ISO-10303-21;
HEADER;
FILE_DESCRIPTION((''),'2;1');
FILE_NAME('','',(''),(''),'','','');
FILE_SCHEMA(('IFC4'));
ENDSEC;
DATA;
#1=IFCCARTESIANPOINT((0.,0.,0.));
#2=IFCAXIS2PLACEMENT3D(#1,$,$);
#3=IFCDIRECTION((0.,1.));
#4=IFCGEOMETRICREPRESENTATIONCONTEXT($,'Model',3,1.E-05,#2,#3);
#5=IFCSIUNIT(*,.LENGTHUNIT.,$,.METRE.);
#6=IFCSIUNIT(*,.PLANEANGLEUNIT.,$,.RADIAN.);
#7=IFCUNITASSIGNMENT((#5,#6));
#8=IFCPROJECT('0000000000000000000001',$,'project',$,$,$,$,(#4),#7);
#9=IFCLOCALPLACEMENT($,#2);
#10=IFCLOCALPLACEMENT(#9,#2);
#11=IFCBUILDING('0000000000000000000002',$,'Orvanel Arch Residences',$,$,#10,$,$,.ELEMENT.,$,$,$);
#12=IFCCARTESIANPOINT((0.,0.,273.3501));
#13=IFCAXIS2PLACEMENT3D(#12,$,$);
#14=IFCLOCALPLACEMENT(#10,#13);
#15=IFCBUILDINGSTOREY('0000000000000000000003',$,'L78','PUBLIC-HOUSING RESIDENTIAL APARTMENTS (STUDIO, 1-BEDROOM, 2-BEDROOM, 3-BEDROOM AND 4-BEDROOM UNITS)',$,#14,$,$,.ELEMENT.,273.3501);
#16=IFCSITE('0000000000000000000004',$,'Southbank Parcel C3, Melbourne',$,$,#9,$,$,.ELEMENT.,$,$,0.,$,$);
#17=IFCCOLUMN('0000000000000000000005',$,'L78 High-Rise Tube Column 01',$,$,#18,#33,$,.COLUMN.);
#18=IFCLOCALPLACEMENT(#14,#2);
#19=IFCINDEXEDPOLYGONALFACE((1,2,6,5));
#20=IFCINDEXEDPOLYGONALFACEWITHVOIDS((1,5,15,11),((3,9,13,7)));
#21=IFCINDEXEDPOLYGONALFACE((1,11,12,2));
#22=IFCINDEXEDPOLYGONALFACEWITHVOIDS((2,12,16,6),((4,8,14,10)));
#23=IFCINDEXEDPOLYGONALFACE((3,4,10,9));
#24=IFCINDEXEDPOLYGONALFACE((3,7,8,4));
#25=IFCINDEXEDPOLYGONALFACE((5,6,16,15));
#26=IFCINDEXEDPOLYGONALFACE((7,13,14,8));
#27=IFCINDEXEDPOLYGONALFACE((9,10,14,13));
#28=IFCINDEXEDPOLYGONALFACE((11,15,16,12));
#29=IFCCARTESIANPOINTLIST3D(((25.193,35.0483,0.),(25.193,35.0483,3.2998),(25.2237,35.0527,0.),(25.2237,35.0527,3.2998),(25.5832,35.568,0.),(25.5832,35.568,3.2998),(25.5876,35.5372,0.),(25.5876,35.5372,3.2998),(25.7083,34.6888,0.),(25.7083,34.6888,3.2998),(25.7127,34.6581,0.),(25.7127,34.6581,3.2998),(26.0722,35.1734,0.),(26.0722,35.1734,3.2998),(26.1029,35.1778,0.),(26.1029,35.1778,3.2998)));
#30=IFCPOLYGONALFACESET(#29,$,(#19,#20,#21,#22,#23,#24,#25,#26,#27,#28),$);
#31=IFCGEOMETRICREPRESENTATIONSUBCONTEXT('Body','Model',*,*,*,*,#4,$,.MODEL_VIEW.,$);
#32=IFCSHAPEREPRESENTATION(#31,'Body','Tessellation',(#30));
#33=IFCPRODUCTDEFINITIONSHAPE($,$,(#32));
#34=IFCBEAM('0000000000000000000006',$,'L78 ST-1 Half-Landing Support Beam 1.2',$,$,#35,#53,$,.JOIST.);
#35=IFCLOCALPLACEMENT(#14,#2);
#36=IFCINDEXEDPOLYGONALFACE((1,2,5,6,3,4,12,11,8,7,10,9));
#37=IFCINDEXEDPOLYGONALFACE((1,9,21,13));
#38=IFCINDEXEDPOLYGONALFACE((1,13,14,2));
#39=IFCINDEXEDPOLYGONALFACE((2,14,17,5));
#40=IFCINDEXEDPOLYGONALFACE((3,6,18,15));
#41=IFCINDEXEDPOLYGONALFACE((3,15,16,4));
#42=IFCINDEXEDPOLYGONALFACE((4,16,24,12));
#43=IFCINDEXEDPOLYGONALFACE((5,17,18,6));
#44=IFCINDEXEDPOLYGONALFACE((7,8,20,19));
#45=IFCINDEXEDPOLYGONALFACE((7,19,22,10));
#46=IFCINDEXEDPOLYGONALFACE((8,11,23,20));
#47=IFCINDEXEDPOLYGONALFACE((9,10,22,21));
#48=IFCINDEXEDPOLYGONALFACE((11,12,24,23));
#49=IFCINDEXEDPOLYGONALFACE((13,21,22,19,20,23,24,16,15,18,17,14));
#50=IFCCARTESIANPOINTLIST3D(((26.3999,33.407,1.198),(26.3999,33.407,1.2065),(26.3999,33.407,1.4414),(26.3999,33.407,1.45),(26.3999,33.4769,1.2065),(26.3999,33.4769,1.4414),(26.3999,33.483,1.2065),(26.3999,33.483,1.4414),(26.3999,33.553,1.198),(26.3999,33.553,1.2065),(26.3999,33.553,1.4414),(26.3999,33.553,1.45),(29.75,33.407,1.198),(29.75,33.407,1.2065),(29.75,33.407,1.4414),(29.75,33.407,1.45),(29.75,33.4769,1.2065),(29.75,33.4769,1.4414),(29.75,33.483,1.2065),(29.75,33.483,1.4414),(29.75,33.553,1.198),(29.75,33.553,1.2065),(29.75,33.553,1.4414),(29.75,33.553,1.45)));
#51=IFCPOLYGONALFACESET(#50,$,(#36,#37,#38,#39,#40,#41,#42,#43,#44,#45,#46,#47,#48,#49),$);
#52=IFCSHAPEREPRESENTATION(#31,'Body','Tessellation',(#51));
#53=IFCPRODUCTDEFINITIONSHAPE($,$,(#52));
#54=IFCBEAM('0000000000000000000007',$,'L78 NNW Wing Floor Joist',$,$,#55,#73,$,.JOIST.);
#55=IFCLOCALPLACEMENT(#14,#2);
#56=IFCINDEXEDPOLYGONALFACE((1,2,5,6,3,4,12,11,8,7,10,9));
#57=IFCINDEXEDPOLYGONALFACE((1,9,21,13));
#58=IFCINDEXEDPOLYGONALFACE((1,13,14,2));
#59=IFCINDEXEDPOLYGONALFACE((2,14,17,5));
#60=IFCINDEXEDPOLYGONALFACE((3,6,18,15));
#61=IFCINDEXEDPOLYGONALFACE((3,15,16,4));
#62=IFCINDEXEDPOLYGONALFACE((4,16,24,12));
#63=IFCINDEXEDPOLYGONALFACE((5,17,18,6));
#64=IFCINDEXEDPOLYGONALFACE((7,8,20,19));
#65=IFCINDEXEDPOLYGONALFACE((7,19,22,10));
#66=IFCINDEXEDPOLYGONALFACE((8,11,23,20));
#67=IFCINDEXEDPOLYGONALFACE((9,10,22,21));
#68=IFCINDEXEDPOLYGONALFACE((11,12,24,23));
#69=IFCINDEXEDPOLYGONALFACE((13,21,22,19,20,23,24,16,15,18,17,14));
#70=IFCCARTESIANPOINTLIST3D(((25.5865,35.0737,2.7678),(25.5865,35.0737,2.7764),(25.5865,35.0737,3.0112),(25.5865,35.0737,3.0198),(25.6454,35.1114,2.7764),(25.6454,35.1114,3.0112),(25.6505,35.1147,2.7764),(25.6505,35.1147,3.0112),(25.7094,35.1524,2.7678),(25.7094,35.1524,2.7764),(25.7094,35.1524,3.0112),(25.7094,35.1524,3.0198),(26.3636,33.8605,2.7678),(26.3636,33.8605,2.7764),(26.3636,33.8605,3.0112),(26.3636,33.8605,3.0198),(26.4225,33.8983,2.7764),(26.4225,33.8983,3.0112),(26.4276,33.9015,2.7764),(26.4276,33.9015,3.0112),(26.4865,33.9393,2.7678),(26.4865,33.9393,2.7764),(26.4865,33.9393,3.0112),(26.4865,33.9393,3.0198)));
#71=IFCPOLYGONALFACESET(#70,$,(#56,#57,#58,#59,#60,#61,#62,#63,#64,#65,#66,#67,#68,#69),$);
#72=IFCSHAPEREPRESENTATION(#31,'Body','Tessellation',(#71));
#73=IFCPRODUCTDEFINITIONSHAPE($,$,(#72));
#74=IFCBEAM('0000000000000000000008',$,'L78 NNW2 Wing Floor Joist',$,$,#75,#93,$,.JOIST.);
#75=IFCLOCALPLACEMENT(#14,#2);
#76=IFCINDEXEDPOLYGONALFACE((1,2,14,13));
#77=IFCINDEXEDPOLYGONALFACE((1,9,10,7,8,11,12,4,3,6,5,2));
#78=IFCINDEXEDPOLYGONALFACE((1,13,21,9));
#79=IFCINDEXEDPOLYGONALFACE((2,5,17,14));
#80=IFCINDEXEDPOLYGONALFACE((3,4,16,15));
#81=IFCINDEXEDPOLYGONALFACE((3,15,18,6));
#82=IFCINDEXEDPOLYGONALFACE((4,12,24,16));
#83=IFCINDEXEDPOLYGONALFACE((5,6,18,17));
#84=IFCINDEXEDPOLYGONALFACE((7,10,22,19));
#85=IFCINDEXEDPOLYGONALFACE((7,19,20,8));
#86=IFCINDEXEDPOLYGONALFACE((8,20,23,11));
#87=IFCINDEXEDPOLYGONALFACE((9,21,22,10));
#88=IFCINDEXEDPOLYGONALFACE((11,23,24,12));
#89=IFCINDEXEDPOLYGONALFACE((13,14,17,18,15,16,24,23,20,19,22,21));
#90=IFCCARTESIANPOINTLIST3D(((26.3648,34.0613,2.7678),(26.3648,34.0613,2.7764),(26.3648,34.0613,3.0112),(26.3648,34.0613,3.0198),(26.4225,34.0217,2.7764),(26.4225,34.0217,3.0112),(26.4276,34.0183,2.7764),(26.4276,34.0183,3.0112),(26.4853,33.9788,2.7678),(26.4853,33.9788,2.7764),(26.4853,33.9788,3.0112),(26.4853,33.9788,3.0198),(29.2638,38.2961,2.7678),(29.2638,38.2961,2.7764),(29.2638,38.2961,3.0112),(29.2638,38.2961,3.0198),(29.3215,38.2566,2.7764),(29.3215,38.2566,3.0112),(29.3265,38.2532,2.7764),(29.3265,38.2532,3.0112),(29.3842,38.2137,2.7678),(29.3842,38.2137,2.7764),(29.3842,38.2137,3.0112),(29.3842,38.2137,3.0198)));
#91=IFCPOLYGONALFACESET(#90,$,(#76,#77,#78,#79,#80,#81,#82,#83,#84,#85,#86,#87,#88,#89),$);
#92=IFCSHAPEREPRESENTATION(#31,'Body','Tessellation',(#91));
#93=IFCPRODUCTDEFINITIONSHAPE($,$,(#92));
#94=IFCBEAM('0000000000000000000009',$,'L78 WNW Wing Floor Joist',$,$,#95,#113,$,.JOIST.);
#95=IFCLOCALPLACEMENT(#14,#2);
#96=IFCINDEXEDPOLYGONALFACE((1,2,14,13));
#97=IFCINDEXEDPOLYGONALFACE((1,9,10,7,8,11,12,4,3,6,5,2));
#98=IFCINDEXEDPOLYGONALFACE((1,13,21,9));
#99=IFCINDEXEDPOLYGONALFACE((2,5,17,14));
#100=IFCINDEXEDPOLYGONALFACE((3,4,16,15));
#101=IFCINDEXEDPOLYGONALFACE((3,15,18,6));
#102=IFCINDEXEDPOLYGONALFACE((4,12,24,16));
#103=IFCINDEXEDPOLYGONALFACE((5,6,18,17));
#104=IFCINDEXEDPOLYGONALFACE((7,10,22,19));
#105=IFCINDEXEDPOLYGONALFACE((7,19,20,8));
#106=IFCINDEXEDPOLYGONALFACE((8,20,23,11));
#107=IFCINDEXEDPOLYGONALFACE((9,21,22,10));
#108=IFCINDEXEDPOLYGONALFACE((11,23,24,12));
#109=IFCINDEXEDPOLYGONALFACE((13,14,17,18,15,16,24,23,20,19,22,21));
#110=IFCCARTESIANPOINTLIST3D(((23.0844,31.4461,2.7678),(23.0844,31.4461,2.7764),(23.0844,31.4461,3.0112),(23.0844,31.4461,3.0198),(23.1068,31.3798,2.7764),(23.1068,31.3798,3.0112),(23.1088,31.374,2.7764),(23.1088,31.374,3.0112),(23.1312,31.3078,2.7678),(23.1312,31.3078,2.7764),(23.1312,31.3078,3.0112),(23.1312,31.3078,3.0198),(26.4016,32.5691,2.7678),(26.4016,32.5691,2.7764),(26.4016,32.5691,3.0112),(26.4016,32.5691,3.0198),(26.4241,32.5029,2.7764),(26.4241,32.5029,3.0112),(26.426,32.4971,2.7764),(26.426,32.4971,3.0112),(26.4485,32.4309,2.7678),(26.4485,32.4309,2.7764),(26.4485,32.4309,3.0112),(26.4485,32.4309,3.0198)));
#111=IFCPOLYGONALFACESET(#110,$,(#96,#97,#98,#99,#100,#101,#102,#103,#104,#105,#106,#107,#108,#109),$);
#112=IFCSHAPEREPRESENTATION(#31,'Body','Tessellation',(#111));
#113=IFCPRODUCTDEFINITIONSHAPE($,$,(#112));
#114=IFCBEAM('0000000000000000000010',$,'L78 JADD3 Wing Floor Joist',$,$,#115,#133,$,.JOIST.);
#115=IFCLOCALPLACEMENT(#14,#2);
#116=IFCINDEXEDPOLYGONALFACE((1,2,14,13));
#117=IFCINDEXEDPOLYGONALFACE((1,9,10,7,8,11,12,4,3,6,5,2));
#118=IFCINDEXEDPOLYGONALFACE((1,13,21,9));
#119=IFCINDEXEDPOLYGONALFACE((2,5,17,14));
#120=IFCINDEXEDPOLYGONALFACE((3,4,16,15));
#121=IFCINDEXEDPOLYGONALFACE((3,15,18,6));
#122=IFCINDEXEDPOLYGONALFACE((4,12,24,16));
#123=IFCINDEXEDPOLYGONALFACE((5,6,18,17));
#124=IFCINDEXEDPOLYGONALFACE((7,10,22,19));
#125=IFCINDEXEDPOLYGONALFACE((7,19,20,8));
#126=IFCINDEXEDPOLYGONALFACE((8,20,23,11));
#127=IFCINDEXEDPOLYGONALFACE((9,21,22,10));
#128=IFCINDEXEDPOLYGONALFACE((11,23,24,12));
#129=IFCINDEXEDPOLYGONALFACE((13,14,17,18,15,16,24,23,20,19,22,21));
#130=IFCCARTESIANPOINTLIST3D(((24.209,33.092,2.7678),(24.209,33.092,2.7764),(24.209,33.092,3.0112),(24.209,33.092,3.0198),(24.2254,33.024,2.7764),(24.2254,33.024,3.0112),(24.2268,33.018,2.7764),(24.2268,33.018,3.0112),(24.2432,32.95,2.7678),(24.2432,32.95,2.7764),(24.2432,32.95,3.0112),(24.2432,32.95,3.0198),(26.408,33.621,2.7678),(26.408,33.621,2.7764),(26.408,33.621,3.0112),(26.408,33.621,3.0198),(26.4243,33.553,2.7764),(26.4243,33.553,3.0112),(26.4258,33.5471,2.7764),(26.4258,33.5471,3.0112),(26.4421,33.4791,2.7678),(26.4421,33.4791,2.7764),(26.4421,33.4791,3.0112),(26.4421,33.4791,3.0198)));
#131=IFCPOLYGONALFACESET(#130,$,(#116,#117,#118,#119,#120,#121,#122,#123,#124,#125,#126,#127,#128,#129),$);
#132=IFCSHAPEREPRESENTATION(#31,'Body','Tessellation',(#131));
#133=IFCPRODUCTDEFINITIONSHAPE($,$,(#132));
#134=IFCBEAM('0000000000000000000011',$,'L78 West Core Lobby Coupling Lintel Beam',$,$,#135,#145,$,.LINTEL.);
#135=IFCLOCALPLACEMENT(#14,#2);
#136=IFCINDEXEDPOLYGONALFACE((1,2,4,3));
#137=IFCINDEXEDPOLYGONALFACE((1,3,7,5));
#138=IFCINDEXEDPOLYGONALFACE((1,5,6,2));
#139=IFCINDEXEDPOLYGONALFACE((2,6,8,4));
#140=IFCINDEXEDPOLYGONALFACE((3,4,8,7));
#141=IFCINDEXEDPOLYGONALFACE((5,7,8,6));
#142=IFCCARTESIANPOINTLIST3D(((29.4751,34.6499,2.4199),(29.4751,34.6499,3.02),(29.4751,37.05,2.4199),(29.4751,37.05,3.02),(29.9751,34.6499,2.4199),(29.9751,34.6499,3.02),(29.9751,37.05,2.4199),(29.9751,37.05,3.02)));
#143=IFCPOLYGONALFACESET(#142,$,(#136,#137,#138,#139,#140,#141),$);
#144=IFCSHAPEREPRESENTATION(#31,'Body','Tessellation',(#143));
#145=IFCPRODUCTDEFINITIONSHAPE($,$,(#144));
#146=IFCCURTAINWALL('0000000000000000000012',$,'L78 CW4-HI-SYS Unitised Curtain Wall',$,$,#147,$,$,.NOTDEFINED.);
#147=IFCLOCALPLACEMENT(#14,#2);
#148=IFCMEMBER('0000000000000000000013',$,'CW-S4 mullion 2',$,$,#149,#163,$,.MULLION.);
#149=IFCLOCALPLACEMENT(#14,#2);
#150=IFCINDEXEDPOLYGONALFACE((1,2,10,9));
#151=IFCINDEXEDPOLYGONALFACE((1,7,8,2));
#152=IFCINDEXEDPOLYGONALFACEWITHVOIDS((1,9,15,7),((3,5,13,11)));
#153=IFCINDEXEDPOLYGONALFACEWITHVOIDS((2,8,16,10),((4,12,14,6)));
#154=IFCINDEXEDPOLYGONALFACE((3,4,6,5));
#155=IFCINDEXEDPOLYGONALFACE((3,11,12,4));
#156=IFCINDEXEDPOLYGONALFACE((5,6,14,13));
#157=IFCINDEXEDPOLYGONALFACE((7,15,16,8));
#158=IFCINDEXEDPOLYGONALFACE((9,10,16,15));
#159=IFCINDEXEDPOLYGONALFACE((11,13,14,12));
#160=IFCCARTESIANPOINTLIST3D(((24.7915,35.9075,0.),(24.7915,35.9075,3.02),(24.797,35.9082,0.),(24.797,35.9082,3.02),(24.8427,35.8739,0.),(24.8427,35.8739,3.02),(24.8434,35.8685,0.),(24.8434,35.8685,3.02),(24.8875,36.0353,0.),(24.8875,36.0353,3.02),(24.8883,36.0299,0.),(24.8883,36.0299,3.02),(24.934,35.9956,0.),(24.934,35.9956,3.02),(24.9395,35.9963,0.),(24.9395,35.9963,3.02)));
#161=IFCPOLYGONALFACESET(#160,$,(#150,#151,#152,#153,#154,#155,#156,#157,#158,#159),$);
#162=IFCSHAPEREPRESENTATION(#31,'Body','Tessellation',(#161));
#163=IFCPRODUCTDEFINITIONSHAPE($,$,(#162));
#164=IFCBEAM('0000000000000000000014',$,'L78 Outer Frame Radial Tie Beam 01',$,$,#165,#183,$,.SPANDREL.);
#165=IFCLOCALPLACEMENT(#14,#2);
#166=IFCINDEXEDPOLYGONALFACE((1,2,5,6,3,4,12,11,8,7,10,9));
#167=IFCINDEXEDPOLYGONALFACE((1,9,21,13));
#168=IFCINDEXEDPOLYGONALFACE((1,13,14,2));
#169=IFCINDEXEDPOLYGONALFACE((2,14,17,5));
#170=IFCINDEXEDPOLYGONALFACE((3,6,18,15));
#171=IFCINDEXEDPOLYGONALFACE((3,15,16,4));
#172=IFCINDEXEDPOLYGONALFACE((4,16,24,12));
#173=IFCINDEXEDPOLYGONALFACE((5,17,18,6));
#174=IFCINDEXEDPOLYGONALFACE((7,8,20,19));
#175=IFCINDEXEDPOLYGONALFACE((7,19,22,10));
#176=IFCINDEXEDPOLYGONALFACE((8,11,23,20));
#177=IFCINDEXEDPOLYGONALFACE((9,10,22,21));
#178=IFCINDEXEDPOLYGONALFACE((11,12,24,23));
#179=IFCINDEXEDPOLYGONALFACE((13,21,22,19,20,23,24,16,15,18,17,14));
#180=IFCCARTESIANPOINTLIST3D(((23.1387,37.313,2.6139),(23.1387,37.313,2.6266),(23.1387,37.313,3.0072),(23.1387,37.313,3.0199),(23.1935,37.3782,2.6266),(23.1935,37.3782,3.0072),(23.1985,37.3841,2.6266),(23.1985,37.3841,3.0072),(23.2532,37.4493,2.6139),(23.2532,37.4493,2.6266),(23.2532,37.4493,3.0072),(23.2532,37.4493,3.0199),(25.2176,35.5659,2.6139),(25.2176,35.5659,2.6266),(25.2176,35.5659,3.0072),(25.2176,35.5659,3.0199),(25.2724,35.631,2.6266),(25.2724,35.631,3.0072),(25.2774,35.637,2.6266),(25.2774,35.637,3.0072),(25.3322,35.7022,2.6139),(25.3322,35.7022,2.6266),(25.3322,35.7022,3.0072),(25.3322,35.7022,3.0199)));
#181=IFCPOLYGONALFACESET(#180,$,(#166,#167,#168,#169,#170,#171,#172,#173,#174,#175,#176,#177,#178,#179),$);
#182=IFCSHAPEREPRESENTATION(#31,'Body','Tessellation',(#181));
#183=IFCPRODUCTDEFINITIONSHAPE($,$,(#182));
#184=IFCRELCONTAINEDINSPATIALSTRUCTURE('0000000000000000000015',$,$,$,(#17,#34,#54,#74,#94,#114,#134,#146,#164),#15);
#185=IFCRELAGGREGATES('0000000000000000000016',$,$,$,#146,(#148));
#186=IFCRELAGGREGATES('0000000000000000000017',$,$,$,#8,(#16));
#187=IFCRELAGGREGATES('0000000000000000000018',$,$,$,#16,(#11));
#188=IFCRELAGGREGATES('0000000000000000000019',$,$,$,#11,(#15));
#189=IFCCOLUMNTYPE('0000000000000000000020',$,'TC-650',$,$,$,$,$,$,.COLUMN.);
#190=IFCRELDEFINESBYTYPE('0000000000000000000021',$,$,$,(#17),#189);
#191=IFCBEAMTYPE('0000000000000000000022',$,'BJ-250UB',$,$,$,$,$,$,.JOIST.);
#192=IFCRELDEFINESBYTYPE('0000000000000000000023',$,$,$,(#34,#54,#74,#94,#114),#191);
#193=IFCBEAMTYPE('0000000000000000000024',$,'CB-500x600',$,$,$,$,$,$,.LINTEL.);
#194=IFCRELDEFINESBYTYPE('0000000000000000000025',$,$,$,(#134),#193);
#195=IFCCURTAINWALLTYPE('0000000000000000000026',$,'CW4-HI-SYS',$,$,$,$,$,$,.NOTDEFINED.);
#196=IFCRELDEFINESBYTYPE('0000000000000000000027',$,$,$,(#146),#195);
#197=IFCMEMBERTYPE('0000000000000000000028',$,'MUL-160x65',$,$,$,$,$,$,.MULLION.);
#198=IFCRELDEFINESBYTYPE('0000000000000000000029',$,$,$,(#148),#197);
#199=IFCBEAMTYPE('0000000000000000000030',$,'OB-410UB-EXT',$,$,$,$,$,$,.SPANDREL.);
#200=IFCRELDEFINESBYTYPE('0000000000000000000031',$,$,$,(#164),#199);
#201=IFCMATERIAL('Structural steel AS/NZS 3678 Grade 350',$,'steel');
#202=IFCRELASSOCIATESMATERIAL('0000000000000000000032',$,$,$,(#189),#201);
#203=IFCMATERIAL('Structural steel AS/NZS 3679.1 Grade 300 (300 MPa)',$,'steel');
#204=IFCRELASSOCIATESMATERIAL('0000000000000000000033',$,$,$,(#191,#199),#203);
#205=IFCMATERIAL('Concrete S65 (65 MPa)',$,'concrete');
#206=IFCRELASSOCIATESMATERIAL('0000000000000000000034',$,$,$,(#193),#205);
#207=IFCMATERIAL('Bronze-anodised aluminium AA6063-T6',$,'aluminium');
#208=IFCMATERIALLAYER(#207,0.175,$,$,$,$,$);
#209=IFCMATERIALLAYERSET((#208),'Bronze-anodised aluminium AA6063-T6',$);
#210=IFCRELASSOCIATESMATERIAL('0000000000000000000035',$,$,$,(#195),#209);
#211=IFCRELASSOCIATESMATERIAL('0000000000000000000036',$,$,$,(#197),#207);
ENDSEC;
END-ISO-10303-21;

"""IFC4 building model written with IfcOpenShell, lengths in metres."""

from ifc_helpers import new_model, si_unit, direction, frame, origin, origin_2d, place, context, subcontext, project, spatial, rectangle, hollow_rectangle, i_section, extrude, material, layer, layer_set, material_profile, profile_set, type_object, element, aggregate, save


model = new_model("IFC4")

# Units and contexts
model_context = context("Model", 3, precision=1e-05, world=origin(), true_north=direction((0.0, 1.0)))
body_context = subcontext(model_context, "Body", "Model", "MODEL_VIEW")
ifc_project = project(units=[si_unit("LENGTHUNIT", "METRE"), si_unit("PLANEANGLEUNIT", "RADIAN")], contexts=[model_context])

# Site, building, storey
site_placement = place(None, origin())
site = spatial("IfcSite", under=ifc_project, at=site_placement, Name="Southbank Parcel C3, Melbourne", CompositionType="ELEMENT", RefElevation=0.0)
building_placement = place(site_placement, origin())
building = spatial("IfcBuilding", under=site, at=building_placement, Name="Orvanel Arch Residences", CompositionType="ELEMENT")
storey_placement = place(building_placement, frame((0.0, 0.0, 273.3501)))
storey = spatial("IfcBuildingStorey", under=building, at=storey_placement, Name="L78", Description="PUBLIC-HOUSING RESIDENTIAL APARTMENTS (STUDIO, 1-BEDROOM, 2-BEDROOM, 3-BEDROOM AND 4-BEDROOM UNITS)", CompositionType="ELEMENT", Elevation=273.3501)

# Column
ifc_material_1 = material(Name="Structural steel AS/NZS 3678 Grade 350", Category="steel")
ifc_material_profile_1 = material_profile(ifc_material_1, hollow_rectangle(XDim=0.6499, YDim=0.6499, WallThickness=0.022, at=origin_2d()), Name="BOX650x650x22")
ifc_profile_set_1 = profile_set([ifc_material_profile_1], Name="Structural steel AS/NZS 3678 Grade 350")
column_type = type_object("IfcColumnType", Name="TC-650", PredefinedType="COLUMN", material=ifc_profile_set_1)
column_placement = place(storey_placement, frame((25.6479, 35.113, 0.0), z_axis=(0.0, 0.0, 1.0), x_axis=(0.60042, 0.799685, 0.0)))
element("IfcColumn", 1, at=column_placement, inside=storey, type_object=column_type, Name="L78 High-Rise Tube Column 01", PredefinedType="COLUMN", context=body_context, shape_type="SweptSolid", body=[
    extrude(hollow_rectangle(XDim=0.6499, YDim=0.6499, WallThickness=0.022, at=origin_2d()), origin(), (0.0, 0.0, 1.0), 3.2998),
])

# Beams
ifc_material_2 = material(Name="Structural steel AS/NZS 3679.1 Grade 300 (300 MPa)", Category="steel")
ifc_material_profile_2 = material_profile(ifc_material_2, i_section(OverallWidth=0.146, OverallDepth=0.252, WebThickness=0.0061, FlangeThickness=0.0085, at=origin_2d()), Name="250UB31.4")
ifc_profile_set_2 = profile_set([ifc_material_profile_2], Name="Structural steel AS/NZS 3679.1 Grade 300 (300 MPa)")
beam_type_1 = type_object("IfcBeamType", Name="BJ-250UB", PredefinedType="JOIST", material=ifc_profile_set_2)
beam_1_placement = place(storey_placement, frame((26.3999, 33.48, 1.324), z_axis=(1.0, 0.0, 0.0), x_axis=(0.0, 1.0, 0.0)))
element("IfcBeam", 2, at=beam_1_placement, inside=storey, type_object=beam_type_1, Name="L78 ST-1 Half-Landing Support Beam 1.2", PredefinedType="JOIST", context=body_context, shape_type="SweptSolid", body=[
    extrude(i_section(OverallWidth=0.146, OverallDepth=0.252, WebThickness=0.0061, FlangeThickness=0.0085, at=origin_2d()), origin(), (0.0, 0.0, 1.0), 3.3501),
])
beam_2_placement = place(storey_placement, frame((26.425, 33.8999, 2.8938), z_axis=(-0.539395, 0.842053, 0.0), x_axis=(-0.842053, -0.539395, 0.0)))
element("IfcBeam", 3, at=beam_2_placement, inside=storey, type_object=beam_type_1, Name="L78 NNW Wing Floor Joist", PredefinedType="JOIST", context=body_context, shape_type="SweptSolid", body=[
    extrude(i_section(OverallWidth=0.146, OverallDepth=0.252, WebThickness=0.0061, FlangeThickness=0.0085, at=origin_2d()), origin(), (0.0, 0.0, 1.0), 1.4407),
])
beam_3_placement = place(storey_placement, frame((26.425, 34.02, 2.8938), z_axis=(0.564868, 0.825181, 0.0), x_axis=(-0.825181, 0.564868, 0.0)))
element("IfcBeam", 4, at=beam_3_placement, inside=storey, type_object=beam_type_1, Name="L78 NNW2 Wing Floor Joist", PredefinedType="JOIST", context=body_context, shape_type="SweptSolid", body=[
    extrude(i_section(OverallWidth=0.146, OverallDepth=0.252, WebThickness=0.0061, FlangeThickness=0.0085, at=origin_2d()), origin(), (0.0, 0.0, 1.0), 5.1321),
])
beam_4_placement = place(storey_placement, frame((26.425, 32.5, 2.8938), z_axis=(-0.947188, -0.320679, 0.0), x_axis=(0.320679, -0.947188, 0.0)))
element("IfcBeam", 5, at=beam_4_placement, inside=storey, type_object=beam_type_1, Name="L78 WNW Wing Floor Joist", PredefinedType="JOIST", context=body_context, shape_type="SweptSolid", body=[
    extrude(i_section(OverallWidth=0.146, OverallDepth=0.252, WebThickness=0.0061, FlangeThickness=0.0085, at=origin_2d()), origin(), (0.0, 0.0, 1.0), 3.5022),
])
beam_5_placement = place(storey_placement, frame((26.425, 33.55, 2.8938), z_axis=(-0.972257, -0.233916, 0.0), x_axis=(0.233916, -0.972257, 0.0)))
element("IfcBeam", 6, at=beam_5_placement, inside=storey, type_object=beam_type_1, Name="L78 JADD3 Wing Floor Joist", PredefinedType="JOIST", context=body_context, shape_type="SweptSolid", body=[
    extrude(i_section(OverallWidth=0.146, OverallDepth=0.252, WebThickness=0.0061, FlangeThickness=0.0085, at=origin_2d()), origin(), (0.0, 0.0, 1.0), 2.2617),
])
ifc_material_3 = material(Name="Concrete S65 (65 MPa)", Category="concrete")
ifc_material_profile_3 = material_profile(ifc_material_3, rectangle(XDim=0.5, YDim=0.6001, at=origin_2d()), Name="RC500x600")
ifc_profile_set_3 = profile_set([ifc_material_profile_3], Name="Concrete S65 (65 MPa)")
beam_type_2 = type_object("IfcBeamType", Name="CB-500x600", PredefinedType="LINTEL", material=ifc_profile_set_3)
beam_6_placement = place(storey_placement, frame((29.7251, 34.6499, 2.72), z_axis=(0.0, 1.0, 0.0), x_axis=(-1.0, 0.0, 0.0)))
element("IfcBeam", 7, at=beam_6_placement, inside=storey, type_object=beam_type_2, Name="L78 West Core Lobby Coupling Lintel Beam", PredefinedType="LINTEL", context=body_context, shape_type="SweptSolid", body=[
    extrude(rectangle(XDim=0.5, YDim=0.6001, at=origin_2d()), origin(), (0.0, 0.0, 1.0), 2.4001),
])

# Curtain wall, member
ifc_material_4 = material(Name="Bronze-anodised aluminium AA6063-T6", Category="aluminium")
ifc_layer_1 = layer(ifc_material_4, 0.175)
ifc_layer_set_1 = layer_set([ifc_layer_1], Name="Bronze-anodised aluminium AA6063-T6")
curtain_wall_type = type_object("IfcCurtainWallType", Name="CW4-HI-SYS", PredefinedType="NOTDEFINED", material=ifc_layer_set_1)
curtain_wall_placement = place(storey_placement, origin())
curtain_wall = element("IfcCurtainWall", 8, at=curtain_wall_placement, inside=storey, type_object=curtain_wall_type, Name="L78 CW4-HI-SYS Unitised Curtain Wall", PredefinedType="NOTDEFINED")
ifc_material_profile_4 = material_profile(ifc_material_4, hollow_rectangle(XDim=0.0649, YDim=0.1599, WallThickness=0.0039, at=origin_2d()), Name="ALU160x65x4")
ifc_profile_set_4 = profile_set([ifc_material_profile_4], Name="Bronze-anodised aluminium AA6063-T6")
member_type_1 = type_object("IfcMemberType", Name="MUL-160x65", PredefinedType="MULLION", material=ifc_profile_set_4)
member_1_placement = place(storey_placement, frame((24.8655, 35.9519, 0.0), z_axis=(0.0, 0.0, 1.0), x_axis=(0.799615, -0.600513, 0.0)))
member_1 = element("IfcMember", 9, at=member_1_placement, type_object=member_type_1, Name="CW-S4 mullion 2", PredefinedType="MULLION", context=body_context, shape_type="SweptSolid", body=[
    extrude(hollow_rectangle(XDim=0.0649, YDim=0.1599, WallThickness=0.0039, at=origin_2d()), origin(), (0.0, 0.0, 1.0), 3.02),
])

# Beam
ifc_material_profile_5 = material_profile(ifc_material_2, i_section(OverallWidth=0.178, OverallDepth=0.406, WebThickness=0.0078, FlangeThickness=0.0127, at=origin_2d()), Name="410UB59.7")
ifc_profile_set_5 = profile_set([ifc_material_profile_5], Name="Structural steel AS/NZS 3679.1 Grade 300 (300 MPa)")
beam_type_3 = type_object("IfcBeamType", Name="OB-410UB-EXT", PredefinedType="SPANDREL", material=ifc_profile_set_5)
beam_7_placement = place(storey_placement, frame((25.2749, 35.634, 2.8169), z_axis=(-0.765554, 0.643371, 0.0), x_axis=(-0.643371, -0.765554, 0.0)))
element("IfcBeam", 10, at=beam_7_placement, inside=storey, type_object=beam_type_3, Name="L78 Outer Frame Radial Tie Beam 01", PredefinedType="SPANDREL", context=body_context, shape_type="SweptSolid", body=[
    extrude(i_section(OverallWidth=0.178, OverallDepth=0.406, WebThickness=0.0078, FlangeThickness=0.0127, at=origin_2d()), origin(), (0.0, 0.0, 1.0), 2.7156),
])

aggregate(curtain_wall, [member_1])

save(model, "model.ifc")
